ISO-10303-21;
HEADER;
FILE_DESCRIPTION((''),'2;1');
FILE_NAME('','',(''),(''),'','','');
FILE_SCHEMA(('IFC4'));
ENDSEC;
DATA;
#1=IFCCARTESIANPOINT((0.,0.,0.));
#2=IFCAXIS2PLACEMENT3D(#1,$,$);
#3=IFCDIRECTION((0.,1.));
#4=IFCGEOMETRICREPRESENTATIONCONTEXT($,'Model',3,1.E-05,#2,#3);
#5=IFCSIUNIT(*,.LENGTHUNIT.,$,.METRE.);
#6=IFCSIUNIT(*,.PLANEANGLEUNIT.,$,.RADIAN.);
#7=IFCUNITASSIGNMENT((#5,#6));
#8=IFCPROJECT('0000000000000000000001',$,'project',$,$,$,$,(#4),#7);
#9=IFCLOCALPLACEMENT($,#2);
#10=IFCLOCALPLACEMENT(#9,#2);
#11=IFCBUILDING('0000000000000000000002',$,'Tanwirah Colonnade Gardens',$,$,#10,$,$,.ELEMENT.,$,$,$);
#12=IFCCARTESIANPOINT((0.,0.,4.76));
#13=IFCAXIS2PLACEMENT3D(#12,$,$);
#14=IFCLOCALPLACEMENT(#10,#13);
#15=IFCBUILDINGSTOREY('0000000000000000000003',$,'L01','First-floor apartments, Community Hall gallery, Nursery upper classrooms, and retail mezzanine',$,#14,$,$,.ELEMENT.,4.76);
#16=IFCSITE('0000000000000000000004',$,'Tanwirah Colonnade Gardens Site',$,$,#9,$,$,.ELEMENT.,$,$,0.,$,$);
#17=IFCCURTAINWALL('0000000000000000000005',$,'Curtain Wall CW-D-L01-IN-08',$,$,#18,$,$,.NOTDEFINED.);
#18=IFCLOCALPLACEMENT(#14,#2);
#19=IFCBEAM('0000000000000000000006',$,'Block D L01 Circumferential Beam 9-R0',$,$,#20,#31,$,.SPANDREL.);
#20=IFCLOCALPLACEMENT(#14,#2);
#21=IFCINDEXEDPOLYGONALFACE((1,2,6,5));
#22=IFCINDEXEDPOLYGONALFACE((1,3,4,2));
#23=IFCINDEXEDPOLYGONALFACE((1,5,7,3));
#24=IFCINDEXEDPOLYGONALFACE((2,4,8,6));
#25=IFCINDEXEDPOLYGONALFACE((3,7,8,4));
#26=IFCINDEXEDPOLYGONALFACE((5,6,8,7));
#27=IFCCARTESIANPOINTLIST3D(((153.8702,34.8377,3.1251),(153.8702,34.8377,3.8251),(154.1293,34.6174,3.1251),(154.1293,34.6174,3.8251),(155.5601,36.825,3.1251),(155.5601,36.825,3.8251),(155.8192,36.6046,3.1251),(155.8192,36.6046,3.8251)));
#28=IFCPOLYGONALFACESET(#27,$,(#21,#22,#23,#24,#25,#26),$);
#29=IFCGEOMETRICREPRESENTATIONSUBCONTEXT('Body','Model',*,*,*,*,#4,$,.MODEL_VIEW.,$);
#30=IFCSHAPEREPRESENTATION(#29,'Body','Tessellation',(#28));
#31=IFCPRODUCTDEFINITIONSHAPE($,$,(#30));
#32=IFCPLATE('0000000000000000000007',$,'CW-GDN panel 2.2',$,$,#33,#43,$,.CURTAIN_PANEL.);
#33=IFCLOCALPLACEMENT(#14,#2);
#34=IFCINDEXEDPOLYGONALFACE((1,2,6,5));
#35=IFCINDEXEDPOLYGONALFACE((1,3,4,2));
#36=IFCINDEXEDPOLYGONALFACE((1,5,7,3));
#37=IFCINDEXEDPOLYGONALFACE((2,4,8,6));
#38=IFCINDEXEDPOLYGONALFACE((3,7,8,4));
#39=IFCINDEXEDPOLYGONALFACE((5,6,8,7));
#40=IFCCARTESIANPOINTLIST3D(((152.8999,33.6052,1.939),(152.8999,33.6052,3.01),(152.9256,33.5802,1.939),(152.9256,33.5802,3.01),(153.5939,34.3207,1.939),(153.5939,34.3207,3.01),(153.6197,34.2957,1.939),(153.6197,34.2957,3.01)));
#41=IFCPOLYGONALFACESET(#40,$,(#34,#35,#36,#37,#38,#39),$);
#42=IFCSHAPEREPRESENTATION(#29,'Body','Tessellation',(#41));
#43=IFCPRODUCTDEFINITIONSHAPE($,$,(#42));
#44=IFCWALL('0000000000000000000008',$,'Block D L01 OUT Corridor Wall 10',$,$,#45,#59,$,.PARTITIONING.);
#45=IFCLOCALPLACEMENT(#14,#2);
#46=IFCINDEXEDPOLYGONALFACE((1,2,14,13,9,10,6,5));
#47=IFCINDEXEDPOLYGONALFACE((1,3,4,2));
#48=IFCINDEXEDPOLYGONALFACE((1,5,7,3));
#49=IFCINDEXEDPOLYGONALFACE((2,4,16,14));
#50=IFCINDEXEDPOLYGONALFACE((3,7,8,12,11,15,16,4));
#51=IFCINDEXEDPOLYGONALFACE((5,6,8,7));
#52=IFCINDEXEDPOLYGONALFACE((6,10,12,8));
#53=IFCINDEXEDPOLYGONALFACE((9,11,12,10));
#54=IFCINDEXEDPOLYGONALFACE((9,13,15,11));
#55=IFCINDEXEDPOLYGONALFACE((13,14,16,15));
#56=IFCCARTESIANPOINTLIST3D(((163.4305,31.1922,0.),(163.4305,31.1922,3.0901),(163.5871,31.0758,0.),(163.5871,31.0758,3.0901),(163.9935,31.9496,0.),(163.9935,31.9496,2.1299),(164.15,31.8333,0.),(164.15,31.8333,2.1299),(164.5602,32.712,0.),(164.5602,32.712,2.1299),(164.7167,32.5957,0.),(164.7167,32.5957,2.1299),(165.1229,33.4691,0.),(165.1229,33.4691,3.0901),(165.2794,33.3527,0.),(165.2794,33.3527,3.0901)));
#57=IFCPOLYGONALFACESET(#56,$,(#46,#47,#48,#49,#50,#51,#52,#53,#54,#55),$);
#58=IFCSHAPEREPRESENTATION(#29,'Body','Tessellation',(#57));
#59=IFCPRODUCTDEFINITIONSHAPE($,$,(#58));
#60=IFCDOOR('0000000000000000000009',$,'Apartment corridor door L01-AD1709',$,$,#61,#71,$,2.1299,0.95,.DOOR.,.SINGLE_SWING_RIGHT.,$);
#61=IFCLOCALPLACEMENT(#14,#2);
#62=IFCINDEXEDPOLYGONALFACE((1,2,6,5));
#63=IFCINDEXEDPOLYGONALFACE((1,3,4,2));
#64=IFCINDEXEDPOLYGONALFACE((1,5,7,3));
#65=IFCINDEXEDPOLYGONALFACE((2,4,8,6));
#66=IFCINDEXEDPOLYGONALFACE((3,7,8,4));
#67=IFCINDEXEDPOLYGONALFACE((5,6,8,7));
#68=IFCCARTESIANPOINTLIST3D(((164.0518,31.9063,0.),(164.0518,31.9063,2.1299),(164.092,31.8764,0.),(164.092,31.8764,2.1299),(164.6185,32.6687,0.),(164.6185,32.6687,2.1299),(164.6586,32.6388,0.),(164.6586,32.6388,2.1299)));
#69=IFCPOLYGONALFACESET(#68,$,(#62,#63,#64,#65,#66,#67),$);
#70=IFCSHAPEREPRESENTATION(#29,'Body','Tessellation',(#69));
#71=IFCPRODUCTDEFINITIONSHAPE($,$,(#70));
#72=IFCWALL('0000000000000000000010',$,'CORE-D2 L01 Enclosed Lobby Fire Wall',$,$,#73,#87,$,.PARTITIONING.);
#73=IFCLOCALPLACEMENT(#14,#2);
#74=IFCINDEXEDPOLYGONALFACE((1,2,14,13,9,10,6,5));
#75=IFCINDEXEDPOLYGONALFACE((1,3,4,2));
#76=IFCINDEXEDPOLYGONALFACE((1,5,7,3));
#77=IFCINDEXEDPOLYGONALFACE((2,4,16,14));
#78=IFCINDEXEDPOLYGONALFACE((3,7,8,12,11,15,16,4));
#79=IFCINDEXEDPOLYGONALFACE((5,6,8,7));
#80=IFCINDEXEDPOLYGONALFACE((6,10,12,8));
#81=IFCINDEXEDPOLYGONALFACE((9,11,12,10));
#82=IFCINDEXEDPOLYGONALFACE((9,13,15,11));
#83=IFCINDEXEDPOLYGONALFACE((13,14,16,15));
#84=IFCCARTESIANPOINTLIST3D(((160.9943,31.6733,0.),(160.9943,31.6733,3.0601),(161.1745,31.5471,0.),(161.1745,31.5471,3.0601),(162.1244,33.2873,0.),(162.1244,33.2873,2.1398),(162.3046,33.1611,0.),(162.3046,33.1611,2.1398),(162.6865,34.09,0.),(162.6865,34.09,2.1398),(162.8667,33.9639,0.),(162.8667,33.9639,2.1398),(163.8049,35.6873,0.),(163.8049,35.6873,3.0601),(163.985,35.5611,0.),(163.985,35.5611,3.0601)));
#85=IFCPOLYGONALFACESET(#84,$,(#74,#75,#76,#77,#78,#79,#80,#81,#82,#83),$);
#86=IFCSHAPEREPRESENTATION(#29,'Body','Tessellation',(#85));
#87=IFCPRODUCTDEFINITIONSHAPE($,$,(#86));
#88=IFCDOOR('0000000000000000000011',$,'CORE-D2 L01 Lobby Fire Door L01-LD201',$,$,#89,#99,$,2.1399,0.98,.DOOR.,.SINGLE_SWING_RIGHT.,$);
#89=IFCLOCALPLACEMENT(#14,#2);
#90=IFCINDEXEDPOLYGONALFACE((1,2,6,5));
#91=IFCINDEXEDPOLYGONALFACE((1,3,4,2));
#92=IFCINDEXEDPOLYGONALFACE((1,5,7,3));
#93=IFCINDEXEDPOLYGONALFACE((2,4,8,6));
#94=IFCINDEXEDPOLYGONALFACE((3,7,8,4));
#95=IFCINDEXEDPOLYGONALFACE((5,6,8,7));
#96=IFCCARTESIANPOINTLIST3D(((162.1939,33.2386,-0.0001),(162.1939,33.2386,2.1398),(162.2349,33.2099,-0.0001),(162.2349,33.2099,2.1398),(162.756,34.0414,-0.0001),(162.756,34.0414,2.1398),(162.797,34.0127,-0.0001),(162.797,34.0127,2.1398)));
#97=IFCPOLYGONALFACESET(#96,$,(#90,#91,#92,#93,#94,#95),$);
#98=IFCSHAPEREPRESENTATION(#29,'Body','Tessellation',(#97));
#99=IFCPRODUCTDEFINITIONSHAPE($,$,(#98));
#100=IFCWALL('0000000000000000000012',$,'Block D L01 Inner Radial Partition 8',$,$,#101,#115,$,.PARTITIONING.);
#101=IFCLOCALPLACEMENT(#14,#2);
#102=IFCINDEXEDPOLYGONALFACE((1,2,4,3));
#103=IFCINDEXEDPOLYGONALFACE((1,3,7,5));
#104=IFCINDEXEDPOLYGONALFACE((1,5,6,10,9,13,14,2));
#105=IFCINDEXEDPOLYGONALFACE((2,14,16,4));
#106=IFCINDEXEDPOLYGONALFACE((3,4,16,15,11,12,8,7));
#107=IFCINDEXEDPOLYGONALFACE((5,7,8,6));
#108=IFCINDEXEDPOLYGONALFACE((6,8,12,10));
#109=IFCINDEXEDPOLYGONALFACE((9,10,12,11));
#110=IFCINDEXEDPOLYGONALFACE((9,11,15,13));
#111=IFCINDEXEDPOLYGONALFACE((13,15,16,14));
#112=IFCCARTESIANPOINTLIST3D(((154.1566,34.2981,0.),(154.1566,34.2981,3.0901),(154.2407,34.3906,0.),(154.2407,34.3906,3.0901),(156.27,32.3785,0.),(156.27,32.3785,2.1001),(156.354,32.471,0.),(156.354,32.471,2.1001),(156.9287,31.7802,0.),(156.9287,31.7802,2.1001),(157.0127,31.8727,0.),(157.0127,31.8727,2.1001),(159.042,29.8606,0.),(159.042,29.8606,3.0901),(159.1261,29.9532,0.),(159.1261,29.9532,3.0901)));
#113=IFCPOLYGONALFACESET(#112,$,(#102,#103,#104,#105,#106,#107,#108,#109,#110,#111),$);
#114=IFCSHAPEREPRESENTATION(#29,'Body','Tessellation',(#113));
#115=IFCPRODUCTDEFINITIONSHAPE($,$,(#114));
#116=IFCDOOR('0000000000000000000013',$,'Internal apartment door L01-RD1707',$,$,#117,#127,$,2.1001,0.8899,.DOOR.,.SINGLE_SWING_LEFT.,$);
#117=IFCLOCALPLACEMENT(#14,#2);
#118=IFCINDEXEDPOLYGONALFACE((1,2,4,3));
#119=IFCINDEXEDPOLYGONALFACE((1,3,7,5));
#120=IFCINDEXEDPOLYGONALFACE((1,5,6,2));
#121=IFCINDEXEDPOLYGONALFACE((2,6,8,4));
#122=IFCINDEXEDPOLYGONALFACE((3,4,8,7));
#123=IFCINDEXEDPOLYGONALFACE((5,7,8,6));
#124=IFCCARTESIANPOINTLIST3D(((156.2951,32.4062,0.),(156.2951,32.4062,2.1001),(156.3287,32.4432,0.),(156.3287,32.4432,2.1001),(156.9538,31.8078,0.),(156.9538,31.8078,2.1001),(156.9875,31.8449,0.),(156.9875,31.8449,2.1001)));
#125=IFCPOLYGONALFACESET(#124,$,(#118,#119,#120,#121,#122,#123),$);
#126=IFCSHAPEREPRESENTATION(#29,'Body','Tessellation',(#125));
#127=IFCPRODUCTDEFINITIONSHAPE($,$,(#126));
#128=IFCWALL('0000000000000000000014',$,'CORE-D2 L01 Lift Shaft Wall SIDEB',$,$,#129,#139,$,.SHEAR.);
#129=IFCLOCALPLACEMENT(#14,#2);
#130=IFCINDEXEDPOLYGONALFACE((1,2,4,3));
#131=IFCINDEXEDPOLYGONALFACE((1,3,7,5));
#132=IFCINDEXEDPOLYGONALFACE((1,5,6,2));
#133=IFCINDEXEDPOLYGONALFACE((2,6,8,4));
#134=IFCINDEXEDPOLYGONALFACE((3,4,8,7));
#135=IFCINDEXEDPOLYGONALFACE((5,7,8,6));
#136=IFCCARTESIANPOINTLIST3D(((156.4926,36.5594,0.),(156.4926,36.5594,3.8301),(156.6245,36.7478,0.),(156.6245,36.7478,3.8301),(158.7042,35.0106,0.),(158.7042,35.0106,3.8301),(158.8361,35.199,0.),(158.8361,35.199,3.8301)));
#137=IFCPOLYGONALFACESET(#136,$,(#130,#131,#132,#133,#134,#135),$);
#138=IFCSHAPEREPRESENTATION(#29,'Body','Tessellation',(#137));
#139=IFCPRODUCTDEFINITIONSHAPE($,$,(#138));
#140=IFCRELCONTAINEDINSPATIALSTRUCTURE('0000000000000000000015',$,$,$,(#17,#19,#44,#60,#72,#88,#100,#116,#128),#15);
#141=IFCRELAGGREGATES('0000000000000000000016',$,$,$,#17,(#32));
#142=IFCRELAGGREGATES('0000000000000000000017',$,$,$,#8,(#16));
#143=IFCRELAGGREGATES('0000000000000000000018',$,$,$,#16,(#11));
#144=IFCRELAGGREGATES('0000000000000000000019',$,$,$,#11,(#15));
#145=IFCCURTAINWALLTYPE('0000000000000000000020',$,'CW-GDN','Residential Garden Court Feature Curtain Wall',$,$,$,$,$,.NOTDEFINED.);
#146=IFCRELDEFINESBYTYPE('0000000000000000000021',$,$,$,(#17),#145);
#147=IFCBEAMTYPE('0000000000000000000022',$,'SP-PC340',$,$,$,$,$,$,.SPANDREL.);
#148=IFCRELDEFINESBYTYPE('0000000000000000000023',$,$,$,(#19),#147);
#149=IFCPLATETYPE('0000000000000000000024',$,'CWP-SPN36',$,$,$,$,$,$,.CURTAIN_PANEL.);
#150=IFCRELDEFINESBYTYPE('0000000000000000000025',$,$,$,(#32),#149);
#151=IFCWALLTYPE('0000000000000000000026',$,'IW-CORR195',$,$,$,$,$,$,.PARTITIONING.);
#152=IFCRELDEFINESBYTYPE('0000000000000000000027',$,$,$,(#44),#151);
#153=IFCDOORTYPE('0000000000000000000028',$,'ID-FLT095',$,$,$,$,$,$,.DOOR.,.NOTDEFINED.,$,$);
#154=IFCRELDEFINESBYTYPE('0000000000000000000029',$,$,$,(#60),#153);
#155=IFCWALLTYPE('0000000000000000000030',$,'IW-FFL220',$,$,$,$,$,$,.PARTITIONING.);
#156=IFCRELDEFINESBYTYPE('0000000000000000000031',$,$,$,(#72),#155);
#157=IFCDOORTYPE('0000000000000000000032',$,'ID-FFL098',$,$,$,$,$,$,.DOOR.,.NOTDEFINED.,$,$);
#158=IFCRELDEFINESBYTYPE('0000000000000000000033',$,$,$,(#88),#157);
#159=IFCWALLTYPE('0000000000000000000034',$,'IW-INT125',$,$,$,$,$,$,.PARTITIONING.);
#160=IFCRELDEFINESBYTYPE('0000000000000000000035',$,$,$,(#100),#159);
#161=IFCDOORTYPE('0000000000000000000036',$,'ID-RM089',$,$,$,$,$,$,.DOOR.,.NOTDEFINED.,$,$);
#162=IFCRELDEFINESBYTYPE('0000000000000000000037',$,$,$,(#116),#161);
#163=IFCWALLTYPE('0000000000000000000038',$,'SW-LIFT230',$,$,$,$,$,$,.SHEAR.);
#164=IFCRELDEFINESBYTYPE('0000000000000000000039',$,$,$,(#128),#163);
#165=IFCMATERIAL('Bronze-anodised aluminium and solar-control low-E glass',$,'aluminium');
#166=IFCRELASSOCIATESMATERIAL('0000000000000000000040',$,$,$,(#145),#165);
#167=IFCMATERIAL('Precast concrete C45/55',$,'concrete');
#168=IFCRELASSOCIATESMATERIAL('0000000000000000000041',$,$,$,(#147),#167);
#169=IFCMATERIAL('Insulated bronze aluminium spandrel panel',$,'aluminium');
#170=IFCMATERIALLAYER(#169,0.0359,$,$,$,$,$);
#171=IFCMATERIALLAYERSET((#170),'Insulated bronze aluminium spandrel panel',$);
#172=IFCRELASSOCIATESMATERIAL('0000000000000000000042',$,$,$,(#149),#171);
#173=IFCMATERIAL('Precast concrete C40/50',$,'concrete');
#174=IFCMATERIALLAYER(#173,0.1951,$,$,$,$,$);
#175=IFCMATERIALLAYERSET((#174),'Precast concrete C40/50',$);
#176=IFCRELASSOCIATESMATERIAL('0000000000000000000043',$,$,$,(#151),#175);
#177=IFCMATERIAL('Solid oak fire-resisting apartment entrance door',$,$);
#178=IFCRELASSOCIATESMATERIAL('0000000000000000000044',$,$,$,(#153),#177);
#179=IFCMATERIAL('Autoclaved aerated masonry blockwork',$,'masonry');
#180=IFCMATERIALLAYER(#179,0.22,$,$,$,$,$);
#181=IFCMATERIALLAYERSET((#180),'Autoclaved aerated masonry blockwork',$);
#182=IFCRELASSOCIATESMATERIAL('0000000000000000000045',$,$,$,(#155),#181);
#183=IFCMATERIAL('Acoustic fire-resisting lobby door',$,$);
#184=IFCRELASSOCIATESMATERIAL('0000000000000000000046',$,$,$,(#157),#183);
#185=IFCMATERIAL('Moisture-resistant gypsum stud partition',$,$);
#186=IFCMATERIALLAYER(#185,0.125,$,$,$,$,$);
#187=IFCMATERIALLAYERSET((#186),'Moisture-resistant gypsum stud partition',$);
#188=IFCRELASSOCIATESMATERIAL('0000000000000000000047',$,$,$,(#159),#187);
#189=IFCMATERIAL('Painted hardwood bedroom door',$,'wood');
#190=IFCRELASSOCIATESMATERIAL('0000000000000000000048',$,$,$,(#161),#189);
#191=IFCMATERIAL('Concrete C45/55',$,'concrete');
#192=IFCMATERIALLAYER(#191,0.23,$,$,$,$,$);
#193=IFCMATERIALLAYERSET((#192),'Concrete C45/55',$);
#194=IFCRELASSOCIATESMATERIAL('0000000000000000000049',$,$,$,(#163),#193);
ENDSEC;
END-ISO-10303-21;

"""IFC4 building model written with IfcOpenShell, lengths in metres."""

from ifc_helpers import new_model, si_unit, direction, frame, frame_2d, origin, origin_2d, place, context, subcontext, project, spatial, rectangle, extrude, material, layer, layer_set, material_profile, profile_set, type_object, element, fill, aggregate, save


model = new_model("IFC4")

# Units and contexts
model_context = context("Model", 3, precision=1e-05, world=origin(), true_north=direction((0.0, 1.0)))
body_context = subcontext(model_context, "Body", "Model", "MODEL_VIEW")
ifc_project = project(units=[si_unit("LENGTHUNIT", "METRE"), si_unit("PLANEANGLEUNIT", "RADIAN")], contexts=[model_context])

# Site, building, storey
site_placement = place(None, origin())
site = spatial("IfcSite", under=ifc_project, at=site_placement, Name="Tanwirah Colonnade Gardens Site", CompositionType="ELEMENT", RefElevation=0.0)
building_placement = place(site_placement, origin())
building = spatial("IfcBuilding", under=site, at=building_placement, Name="Tanwirah Colonnade Gardens", CompositionType="ELEMENT")
storey_placement = place(building_placement, frame((0.0, 0.0, 4.76)))
storey = spatial("IfcBuildingStorey", under=building, at=storey_placement, Name="L01", Description="First-floor apartments, Community Hall gallery, Nursery upper classrooms, and retail mezzanine", CompositionType="ELEMENT", Elevation=4.76)

# Shared definitions
ifc_material_1 = material(Name="Precast concrete C45/55", Category="concrete")

# Shared definitions
ifc_material_2 = material(Name="Precast concrete C40/50", Category="concrete")

# Curtain wall
ifc_material_3 = material(Name="Bronze-anodised aluminium and solar-control low-E glass", Category="aluminium")
curtain_wall_type = type_object("IfcCurtainWallType", Name="CW-GDN", Description="Residential Garden Court Feature Curtain Wall", PredefinedType="NOTDEFINED", material=ifc_material_3)
curtain_wall_placement = place(storey_placement, origin())
curtain_wall = element("IfcCurtainWall", 1, at=curtain_wall_placement, inside=storey, type_object=curtain_wall_type, Name="Curtain Wall CW-D-L01-IN-08", PredefinedType="NOTDEFINED")

# Beam
ifc_material_profile_1 = material_profile(ifc_material_1, rectangle(XDim=0.3401, YDim=0.7, at=origin_2d()), Name="PC-SP 340x700")
ifc_profile_set_1 = profile_set([ifc_material_profile_1], Name="Precast concrete C45/55")
beam_type_1 = type_object("IfcBeamType", Name="SP-PC340", PredefinedType="SPANDREL", material=ifc_profile_set_1)
beam_1_placement = place(storey_placement, frame((153.9998, 34.7275, 3.4751), z_axis=(0.647811, 0.761801, 0.0), x_axis=(-0.761801, 0.647811, 0.0)))
element("IfcBeam", 2, at=beam_1_placement, inside=storey, type_object=beam_type_1, Name="Block D L01 Circumferential Beam 9-R0", PredefinedType="SPANDREL", context=body_context, shape_type="SweptSolid", body=[
    extrude(rectangle(XDim=0.3401, YDim=0.7, at=origin_2d()), origin(), (0.0, 0.0, 1.0), 2.6086),
])

# Plate
ifc_material_4 = material(Name="Insulated bronze aluminium spandrel panel", Category="aluminium")
ifc_layer_1 = layer(ifc_material_4, 0.0359)
ifc_layer_set_1 = layer_set([ifc_layer_1], Name="Insulated bronze aluminium spandrel panel")
plate_type = type_object("IfcPlateType", Name="CWP-SPN36", PredefinedType="CURTAIN_PANEL", material=ifc_layer_set_1)
plate_placement = place(storey_placement, frame((153.2598, 33.9504, 1.939), z_axis=(0.0, 0.0, 1.0), x_axis=(0.696223, 0.717825, 0.0)))
plate = element("IfcPlate", 3, at=plate_placement, type_object=plate_type, Name="CW-GDN panel 2.2", PredefinedType="CURTAIN_PANEL", context=body_context, shape_type="SweptSolid", body=[
    extrude(rectangle(XDim=0.9968, YDim=0.0359, at=origin_2d()), origin(), (0.0, 0.0, 1.0), 1.071),
])
aggregate(curtain_wall, [plate])

# Walls, openings, doors
ifc_layer_2 = layer(ifc_material_2, 0.1951)
ifc_layer_set_2 = layer_set([ifc_layer_2], Name="Precast concrete C40/50")
wall_type_1 = type_object("IfcWallType", Name="IW-CORR195", PredefinedType="PARTITIONING", material=ifc_layer_set_2)
wall_1_placement = place(storey_placement, frame((163.5088, 31.134, 0.0), z_axis=(0.0, 0.0, 1.0), x_axis=(0.596552, 0.802574, 0.0)))
wall_1 = element("IfcWall", 4, at=wall_1_placement, inside=storey, type_object=wall_type_1, Name="Block D L01 OUT Corridor Wall 10", PredefinedType="PARTITIONING", context=body_context, shape_type="SweptSolid", body=[
    extrude(rectangle(XDim=2.8369, YDim=0.1951, at=frame_2d((1.4185, 0.0))), origin(), (0.0, 0.0, 1.0), 3.0901),
])
opening_1_placement = place(wall_1_placement, frame((0.9436, 0.0, 0.0)))
opening_1 = element("IfcOpeningElement", 5, at=opening_1_placement, cuts=wall_1, PredefinedType="OPENING", context=body_context, shape_type="SweptSolid", body=[
    extrude(rectangle(XDim=0.95, YDim=2.1299, at=frame_2d((0.4751, 1.0649))), frame((0.0, 0.1074, 0.0), z_axis=(0.0, -1.0, 0.0), x_axis=(1.0, 0.0, 0.0)), (0.0, 0.0, 1.0), 0.2151),
])
ifc_material_5 = material(Name="Solid oak fire-resisting apartment entrance door")
door_type_1 = type_object("IfcDoorType", Name="ID-FLT095", OperationType="NOTDEFINED", PredefinedType="DOOR", material=ifc_material_5)
door_1_placement = place(opening_1_placement, origin())
door_1 = element("IfcDoor", 6, at=door_1_placement, inside=storey, type_object=door_type_1, Name="Apartment corridor door L01-AD1709", OperationType="SINGLE_SWING_RIGHT", OverallHeight=2.1299, OverallWidth=0.95, PredefinedType="DOOR", context=body_context, shape_type="SweptSolid", body=[
    extrude(rectangle(XDim=0.95, YDim=2.1299, at=frame_2d((0.4751, 1.0649))), frame((0.0, 0.0249, 0.0), z_axis=(0.0, -1.0, 0.0), x_axis=(1.0, 0.0, 0.0)), (0.0, 0.0, 1.0), 0.05),
])
fill(opening_1, door_1)
ifc_material_6 = material(Name="Autoclaved aerated masonry blockwork", Category="masonry")
ifc_layer_3 = layer(ifc_material_6, 0.22)
ifc_layer_set_3 = layer_set([ifc_layer_3], Name="Autoclaved aerated masonry blockwork")
wall_type_2 = type_object("IfcWallType", Name="IW-FFL220", PredefinedType="PARTITIONING", material=ifc_layer_set_3)
wall_2_placement = place(storey_placement, frame((163.895, 35.6243, 0.0), z_axis=(0.0, 0.0, 1.0), x_axis=(-0.573573, -0.819155, 0.0)))
wall_2 = element("IfcWall", 7, at=wall_2_placement, inside=storey, type_object=wall_type_2, Name="CORE-D2 L01 Enclosed Lobby Fire Wall", PredefinedType="PARTITIONING", context=body_context, shape_type="SweptSolid", body=[
    extrude(rectangle(XDim=4.9001, YDim=0.22, at=frame_2d((2.4502, 0.0))), origin(), (0.0, 0.0, 1.0), 3.0601),
])
opening_2_placement = place(wall_2_placement, frame((1.95, 0.0, 0.0)))
opening_2 = element("IfcOpeningElement", 8, at=opening_2_placement, cuts=wall_2, PredefinedType="OPENING", context=body_context, shape_type="SweptSolid", body=[
    extrude(rectangle(XDim=0.98, YDim=2.1399, at=frame_2d((0.49, 1.0698))), frame((0.0, 0.1199, 0.0), z_axis=(0.0, -1.0, 0.0), x_axis=(1.0, 0.0, 0.0)), (0.0, 0.0, 1.0), 0.24),
])
ifc_material_7 = material(Name="Acoustic fire-resisting lobby door")
door_type_2 = type_object("IfcDoorType", Name="ID-FFL098", OperationType="NOTDEFINED", PredefinedType="DOOR", material=ifc_material_7)
door_2_placement = place(opening_2_placement, origin())
door_2 = element("IfcDoor", 9, at=door_2_placement, inside=storey, type_object=door_type_2, Name="CORE-D2 L01 Lobby Fire Door L01-LD201", OperationType="SINGLE_SWING_RIGHT", OverallHeight=2.1399, OverallWidth=0.98, PredefinedType="DOOR", context=body_context, shape_type="SweptSolid", body=[
    extrude(rectangle(XDim=0.98, YDim=2.1399, at=frame_2d((0.49, 1.0698))), frame((0.0, 0.0249, 0.0), z_axis=(0.0, -1.0, 0.0), x_axis=(1.0, 0.0, 0.0)), (0.0, 0.0, 1.0), 0.05),
])
fill(opening_2, door_2)
ifc_material_8 = material(Name="Moisture-resistant gypsum stud partition")
ifc_layer_4 = layer(ifc_material_8, 0.125)
ifc_layer_set_4 = layer_set([ifc_layer_4], Name="Moisture-resistant gypsum stud partition")
wall_type_3 = type_object("IfcWallType", Name="IW-INT125", PredefinedType="PARTITIONING", material=ifc_layer_set_4)
wall_3_placement = place(storey_placement, frame((154.1987, 34.3442, 0.0), z_axis=(0.0, 0.0, 1.0), x_axis=(0.740231, -0.672352, 0.0)))
wall_3 = element("IfcWall", 10, at=wall_3_placement, inside=storey, type_object=wall_type_3, Name="Block D L01 Inner Radial Partition 8", PredefinedType="PARTITIONING", context=body_context, shape_type="SweptSolid", body=[
    extrude(rectangle(XDim=6.5999, YDim=0.125, at=frame_2d((3.2998, 0.0))), origin(), (0.0, 0.0, 1.0), 3.0901),
])
opening_3_placement = place(wall_3_placement, frame((2.855, 0.0, 0.0)))
opening_3 = element("IfcOpeningElement", 11, at=opening_3_placement, cuts=wall_3, PredefinedType="OPENING", context=body_context, shape_type="SweptSolid", body=[
    extrude(rectangle(XDim=0.8899, YDim=2.1001, at=frame_2d((0.4448, 1.05))), frame((0.0, 0.0725, 0.0), z_axis=(0.0, -1.0, 0.0), x_axis=(1.0, 0.0, 0.0)), (0.0, 0.0, 1.0), 0.145),
])
ifc_material_9 = material(Name="Painted hardwood bedroom door", Category="wood")
door_type_3 = type_object("IfcDoorType", Name="ID-RM089", OperationType="NOTDEFINED", PredefinedType="DOOR", material=ifc_material_9)
door_3_placement = place(opening_3_placement, origin())
door_3 = element("IfcDoor", 12, at=door_3_placement, inside=storey, type_object=door_type_3, Name="Internal apartment door L01-RD1707", OperationType="SINGLE_SWING_LEFT", OverallHeight=2.1001, OverallWidth=0.8899, PredefinedType="DOOR", context=body_context, shape_type="SweptSolid", body=[
    extrude(rectangle(XDim=0.8899, YDim=2.1001, at=frame_2d((0.4448, 1.05))), frame((0.0, 0.0249, 0.0), z_axis=(0.0, -1.0, 0.0), x_axis=(1.0, 0.0, 0.0)), (0.0, 0.0, 1.0), 0.05),
])
fill(opening_3, door_3)

# Wall
ifc_material_10 = material(Name="Concrete C45/55", Category="concrete")
ifc_layer_5 = layer(ifc_material_10, 0.23)
ifc_layer_set_5 = layer_set([ifc_layer_5], Name="Concrete C45/55")
wall_type_4 = type_object("IfcWallType", Name="SW-LIFT230", PredefinedType="SHEAR", material=ifc_layer_set_5)
wall_4_placement = place(storey_placement, frame((158.7703, 35.1047, 0.0), z_axis=(0.0, 0.0, 1.0), x_axis=(-0.819117, 0.573626, 0.0)))
element("IfcWall", 13, at=wall_4_placement, inside=storey, type_object=wall_type_4, Name="CORE-D2 L01 Lift Shaft Wall SIDEB", PredefinedType="SHEAR", context=body_context, shape_type="SweptSolid", body=[
    extrude(rectangle(XDim=2.7, YDim=0.23, at=frame_2d((1.3501, 0.0))), origin(), (0.0, 0.0, 1.0), 3.8301),
])

save(model, "model.ifc")
